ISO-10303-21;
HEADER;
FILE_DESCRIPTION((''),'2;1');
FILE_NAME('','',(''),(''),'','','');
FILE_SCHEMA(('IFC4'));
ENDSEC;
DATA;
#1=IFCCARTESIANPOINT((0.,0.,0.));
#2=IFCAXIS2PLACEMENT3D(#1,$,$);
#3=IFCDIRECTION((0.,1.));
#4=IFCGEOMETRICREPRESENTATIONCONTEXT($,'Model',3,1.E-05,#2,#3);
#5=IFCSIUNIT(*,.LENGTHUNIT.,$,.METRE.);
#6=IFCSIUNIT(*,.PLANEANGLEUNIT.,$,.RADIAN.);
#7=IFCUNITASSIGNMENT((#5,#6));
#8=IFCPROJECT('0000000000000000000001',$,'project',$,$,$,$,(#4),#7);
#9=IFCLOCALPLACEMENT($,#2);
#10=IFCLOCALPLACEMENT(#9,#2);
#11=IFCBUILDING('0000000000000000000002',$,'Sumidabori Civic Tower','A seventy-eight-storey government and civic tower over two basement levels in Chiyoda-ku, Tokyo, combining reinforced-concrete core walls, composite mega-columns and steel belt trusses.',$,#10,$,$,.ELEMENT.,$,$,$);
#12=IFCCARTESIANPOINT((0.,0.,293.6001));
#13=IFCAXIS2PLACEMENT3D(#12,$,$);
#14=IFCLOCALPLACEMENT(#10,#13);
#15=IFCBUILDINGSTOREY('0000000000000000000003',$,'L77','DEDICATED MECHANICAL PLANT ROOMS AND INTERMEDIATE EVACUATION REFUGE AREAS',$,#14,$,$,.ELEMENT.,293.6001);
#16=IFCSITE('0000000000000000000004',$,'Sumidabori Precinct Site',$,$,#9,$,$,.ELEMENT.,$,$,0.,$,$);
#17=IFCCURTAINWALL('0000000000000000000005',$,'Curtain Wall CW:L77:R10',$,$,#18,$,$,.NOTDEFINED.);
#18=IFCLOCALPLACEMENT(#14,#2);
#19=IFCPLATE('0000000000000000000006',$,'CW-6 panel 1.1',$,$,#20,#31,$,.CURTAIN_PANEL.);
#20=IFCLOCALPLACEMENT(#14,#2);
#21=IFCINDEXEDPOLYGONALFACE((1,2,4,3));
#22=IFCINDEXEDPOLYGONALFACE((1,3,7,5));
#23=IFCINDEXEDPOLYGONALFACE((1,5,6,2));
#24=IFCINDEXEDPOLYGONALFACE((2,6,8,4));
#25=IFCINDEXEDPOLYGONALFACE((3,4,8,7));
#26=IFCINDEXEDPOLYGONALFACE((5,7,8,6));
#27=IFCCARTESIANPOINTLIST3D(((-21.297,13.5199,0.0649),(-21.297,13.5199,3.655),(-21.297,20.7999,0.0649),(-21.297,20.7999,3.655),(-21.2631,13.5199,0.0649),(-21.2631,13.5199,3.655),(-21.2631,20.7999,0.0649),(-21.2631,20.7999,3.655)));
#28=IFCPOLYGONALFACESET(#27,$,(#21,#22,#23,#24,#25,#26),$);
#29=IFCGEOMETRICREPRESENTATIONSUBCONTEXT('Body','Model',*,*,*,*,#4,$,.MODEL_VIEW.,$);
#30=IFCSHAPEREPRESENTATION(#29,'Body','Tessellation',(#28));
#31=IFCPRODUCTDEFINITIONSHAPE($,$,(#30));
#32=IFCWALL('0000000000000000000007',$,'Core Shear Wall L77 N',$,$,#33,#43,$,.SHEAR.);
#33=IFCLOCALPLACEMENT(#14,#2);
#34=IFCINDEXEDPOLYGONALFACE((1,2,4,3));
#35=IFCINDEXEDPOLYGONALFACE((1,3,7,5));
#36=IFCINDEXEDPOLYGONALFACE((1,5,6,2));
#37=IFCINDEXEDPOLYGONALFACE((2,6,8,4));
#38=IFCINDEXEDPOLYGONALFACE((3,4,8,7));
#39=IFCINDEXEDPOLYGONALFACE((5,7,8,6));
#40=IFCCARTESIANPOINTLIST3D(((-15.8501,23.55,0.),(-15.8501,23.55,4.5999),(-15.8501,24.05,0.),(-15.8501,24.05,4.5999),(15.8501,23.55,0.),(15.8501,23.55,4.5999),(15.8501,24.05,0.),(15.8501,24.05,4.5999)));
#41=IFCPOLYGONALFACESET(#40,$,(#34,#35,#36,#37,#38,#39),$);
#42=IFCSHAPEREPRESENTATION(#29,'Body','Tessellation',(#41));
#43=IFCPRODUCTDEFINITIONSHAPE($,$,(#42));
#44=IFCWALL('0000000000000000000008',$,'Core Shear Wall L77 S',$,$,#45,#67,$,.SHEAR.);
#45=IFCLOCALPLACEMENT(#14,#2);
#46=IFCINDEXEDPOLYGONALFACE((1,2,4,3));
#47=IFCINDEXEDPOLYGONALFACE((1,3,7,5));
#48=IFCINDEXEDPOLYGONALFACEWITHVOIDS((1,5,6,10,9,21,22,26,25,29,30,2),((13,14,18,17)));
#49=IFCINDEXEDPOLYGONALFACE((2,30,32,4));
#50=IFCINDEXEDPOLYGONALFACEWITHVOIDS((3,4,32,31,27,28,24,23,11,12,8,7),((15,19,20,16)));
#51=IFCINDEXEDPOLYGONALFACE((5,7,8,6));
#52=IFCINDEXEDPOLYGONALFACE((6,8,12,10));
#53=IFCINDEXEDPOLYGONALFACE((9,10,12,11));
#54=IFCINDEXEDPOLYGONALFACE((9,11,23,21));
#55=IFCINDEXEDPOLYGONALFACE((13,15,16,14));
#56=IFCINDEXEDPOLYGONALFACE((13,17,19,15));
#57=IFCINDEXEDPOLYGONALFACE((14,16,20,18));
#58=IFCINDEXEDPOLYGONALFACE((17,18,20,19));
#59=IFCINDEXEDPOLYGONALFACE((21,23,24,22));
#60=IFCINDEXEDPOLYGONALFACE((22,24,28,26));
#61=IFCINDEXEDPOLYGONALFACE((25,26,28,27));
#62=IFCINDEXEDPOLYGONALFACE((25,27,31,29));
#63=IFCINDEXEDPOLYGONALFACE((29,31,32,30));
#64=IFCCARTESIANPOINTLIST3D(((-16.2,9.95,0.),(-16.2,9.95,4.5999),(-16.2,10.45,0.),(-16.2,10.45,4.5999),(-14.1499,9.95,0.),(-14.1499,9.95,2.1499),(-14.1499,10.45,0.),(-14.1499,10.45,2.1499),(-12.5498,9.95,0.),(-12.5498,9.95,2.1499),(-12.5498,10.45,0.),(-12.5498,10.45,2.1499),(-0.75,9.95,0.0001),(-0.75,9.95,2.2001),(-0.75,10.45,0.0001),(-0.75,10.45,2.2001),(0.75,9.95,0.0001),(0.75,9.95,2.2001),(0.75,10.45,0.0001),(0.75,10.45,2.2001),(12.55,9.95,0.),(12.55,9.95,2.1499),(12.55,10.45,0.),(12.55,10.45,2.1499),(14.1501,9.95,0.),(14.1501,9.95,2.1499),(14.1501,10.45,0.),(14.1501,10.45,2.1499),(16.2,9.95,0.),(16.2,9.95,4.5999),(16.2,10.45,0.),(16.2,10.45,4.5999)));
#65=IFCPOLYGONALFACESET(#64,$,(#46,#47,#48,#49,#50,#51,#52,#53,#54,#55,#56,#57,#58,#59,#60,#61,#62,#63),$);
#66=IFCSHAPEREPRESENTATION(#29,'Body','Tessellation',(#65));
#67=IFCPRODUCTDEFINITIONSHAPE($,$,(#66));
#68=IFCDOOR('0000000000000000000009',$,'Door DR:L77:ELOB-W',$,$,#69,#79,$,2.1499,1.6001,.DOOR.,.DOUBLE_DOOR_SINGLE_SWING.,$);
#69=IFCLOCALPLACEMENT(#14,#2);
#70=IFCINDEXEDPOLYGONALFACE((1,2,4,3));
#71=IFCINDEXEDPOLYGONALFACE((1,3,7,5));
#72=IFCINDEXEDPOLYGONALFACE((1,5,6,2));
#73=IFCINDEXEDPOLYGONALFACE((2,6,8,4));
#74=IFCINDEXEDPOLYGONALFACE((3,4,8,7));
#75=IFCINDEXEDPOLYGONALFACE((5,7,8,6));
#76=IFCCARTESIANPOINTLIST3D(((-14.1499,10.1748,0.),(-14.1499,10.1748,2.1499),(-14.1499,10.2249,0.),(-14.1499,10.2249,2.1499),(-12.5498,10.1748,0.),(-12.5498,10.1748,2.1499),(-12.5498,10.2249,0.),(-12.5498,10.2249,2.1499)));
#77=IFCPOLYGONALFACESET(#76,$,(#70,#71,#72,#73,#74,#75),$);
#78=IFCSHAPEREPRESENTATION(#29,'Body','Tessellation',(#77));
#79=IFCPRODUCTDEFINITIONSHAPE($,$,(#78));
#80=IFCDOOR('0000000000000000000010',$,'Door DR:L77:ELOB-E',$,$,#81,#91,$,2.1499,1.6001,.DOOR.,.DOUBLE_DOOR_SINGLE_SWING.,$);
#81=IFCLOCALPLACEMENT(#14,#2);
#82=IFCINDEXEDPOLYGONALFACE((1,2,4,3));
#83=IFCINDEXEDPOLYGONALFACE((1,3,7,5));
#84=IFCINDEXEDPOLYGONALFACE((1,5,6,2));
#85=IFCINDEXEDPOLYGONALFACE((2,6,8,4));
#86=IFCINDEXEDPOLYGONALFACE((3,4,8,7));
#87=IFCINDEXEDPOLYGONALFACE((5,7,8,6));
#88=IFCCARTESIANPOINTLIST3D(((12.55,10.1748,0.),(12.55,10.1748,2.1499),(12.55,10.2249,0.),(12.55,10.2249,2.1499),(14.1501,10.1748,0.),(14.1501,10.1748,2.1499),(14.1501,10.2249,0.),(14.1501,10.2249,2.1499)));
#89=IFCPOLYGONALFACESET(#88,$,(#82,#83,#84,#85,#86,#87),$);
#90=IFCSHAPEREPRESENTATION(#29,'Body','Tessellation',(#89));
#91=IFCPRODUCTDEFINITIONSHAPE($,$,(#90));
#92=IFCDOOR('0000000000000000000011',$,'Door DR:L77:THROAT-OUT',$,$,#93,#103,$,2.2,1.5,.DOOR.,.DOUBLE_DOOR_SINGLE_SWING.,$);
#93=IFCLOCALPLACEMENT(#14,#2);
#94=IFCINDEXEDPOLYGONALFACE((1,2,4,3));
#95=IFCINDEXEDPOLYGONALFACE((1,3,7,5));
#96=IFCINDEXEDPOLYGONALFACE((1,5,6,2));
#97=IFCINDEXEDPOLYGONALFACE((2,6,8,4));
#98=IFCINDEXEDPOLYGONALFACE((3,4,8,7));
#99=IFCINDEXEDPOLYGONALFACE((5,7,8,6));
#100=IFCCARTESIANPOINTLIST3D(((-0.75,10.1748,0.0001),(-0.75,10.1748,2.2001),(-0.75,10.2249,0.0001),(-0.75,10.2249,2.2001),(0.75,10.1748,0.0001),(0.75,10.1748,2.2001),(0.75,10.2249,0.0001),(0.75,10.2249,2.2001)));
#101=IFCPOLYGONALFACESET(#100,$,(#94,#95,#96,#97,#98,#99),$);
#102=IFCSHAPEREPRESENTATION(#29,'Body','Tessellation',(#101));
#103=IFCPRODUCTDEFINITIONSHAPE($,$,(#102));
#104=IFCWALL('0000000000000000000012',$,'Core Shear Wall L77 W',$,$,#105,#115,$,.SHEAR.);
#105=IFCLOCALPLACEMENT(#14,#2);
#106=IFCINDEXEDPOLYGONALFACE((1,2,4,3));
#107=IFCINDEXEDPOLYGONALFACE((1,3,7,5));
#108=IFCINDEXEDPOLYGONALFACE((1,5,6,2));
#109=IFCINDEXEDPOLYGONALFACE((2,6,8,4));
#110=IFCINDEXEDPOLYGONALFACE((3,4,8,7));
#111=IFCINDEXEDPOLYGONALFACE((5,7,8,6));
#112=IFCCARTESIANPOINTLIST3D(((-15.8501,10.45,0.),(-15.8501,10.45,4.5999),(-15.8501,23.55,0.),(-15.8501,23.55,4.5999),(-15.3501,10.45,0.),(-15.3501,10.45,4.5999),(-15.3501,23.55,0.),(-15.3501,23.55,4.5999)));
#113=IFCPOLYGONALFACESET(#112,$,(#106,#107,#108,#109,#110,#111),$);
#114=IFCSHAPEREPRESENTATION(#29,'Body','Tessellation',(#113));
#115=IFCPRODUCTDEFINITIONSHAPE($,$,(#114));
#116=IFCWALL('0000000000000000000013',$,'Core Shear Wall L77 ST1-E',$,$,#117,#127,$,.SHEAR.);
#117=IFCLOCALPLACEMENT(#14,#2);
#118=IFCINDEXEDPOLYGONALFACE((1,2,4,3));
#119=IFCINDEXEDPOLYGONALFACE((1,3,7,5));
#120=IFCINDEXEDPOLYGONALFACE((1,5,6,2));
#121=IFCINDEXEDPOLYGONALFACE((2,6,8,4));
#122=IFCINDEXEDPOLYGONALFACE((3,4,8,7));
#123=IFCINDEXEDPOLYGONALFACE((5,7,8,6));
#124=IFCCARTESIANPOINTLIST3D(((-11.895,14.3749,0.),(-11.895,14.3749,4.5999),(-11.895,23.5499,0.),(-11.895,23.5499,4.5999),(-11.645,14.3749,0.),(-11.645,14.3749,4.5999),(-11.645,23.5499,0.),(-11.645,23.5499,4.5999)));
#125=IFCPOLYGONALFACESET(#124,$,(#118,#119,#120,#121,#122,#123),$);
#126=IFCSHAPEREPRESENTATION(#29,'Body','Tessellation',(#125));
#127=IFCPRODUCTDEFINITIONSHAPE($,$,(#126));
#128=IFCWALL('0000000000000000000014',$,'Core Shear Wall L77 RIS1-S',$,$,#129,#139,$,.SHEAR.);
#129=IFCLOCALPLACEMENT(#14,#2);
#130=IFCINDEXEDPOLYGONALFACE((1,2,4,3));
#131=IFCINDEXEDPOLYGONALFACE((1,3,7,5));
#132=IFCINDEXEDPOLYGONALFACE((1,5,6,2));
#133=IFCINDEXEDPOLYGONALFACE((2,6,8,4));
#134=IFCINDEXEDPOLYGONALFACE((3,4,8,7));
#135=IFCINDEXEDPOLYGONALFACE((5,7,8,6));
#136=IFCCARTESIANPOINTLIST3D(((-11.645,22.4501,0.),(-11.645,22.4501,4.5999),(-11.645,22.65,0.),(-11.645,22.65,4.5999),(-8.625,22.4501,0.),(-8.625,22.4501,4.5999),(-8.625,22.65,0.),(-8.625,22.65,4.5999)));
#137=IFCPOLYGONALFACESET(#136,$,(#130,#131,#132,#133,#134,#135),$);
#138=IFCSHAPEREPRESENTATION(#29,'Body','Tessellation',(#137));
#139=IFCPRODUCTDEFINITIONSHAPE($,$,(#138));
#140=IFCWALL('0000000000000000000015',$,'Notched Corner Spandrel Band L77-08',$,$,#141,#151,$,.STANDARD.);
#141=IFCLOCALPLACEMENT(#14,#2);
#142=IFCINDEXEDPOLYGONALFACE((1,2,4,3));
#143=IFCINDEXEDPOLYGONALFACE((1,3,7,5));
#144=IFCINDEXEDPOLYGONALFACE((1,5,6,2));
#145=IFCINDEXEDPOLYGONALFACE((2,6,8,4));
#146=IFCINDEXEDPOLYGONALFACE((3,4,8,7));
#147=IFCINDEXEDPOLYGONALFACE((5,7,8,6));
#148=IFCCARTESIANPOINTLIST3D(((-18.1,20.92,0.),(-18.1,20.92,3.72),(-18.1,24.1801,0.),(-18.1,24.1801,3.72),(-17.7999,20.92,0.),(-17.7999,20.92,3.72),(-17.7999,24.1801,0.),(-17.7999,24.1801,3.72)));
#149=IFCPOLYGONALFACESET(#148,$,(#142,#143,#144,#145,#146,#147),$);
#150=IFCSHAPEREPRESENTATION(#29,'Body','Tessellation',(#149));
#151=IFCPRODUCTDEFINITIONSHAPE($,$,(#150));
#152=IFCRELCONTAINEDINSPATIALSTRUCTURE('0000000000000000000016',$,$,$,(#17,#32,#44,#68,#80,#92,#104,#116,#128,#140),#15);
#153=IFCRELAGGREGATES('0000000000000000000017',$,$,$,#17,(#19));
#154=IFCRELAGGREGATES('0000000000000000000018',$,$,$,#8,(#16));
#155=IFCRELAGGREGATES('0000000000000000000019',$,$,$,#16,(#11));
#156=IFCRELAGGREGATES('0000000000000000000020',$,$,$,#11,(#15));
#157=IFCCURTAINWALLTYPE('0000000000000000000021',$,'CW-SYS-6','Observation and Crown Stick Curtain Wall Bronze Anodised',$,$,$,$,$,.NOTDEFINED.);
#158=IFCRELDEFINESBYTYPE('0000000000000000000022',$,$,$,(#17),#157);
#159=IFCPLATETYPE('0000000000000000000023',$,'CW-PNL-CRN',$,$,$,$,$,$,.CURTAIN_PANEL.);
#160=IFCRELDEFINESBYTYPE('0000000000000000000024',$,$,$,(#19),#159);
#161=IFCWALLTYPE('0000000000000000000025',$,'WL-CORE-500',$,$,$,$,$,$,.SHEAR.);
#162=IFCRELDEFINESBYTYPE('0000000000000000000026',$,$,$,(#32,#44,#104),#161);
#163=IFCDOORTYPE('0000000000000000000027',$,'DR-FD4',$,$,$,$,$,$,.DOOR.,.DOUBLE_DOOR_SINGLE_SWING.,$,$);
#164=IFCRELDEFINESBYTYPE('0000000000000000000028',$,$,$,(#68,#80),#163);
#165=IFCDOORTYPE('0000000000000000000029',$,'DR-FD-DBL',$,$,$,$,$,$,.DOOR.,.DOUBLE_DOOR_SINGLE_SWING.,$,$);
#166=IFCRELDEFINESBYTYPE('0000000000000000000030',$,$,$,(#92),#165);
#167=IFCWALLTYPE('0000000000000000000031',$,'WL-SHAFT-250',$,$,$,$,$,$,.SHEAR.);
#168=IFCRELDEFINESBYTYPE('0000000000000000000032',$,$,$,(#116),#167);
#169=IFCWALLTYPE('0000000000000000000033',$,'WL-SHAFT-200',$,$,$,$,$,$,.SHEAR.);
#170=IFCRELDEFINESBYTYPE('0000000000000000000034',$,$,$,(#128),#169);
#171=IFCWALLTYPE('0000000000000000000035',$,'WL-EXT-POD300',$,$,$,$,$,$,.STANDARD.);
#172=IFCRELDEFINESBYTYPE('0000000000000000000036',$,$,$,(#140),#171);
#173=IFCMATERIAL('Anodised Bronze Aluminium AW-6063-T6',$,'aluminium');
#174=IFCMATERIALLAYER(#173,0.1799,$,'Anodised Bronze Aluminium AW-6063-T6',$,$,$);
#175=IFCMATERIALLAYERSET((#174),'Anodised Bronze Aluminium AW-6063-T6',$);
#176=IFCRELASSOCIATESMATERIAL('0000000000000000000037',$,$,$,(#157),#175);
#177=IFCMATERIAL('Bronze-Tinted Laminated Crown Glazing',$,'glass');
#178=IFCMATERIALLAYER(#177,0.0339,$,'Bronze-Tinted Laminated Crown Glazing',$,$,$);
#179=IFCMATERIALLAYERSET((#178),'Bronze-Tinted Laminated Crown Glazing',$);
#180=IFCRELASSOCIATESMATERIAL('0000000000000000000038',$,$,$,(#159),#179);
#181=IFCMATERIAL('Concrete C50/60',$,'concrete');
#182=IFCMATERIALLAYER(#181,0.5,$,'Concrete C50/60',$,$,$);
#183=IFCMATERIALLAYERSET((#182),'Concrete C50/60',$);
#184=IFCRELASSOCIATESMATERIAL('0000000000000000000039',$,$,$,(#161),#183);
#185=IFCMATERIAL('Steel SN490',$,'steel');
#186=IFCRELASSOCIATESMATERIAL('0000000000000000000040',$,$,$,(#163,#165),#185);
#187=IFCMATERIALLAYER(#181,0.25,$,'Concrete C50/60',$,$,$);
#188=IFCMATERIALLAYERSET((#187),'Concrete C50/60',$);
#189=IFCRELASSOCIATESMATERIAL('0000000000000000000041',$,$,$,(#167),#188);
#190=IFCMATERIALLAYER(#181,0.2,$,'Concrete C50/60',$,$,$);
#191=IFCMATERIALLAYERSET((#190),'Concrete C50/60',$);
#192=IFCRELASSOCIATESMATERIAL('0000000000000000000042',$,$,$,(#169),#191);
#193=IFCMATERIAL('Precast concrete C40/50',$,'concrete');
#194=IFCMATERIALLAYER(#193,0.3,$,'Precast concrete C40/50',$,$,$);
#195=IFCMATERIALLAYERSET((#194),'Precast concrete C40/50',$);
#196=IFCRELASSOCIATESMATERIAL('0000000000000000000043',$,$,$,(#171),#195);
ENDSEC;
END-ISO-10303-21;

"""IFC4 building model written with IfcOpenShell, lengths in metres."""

from ifc_helpers import new_model, si_unit, direction, frame, frame_2d, origin, origin_2d, place, context, subcontext, project, spatial, rectangle, extrude, source, transform, mapped, material, layer, layer_set, type_object, element, fill, aggregate, save


model = new_model("IFC4")

# Units and contexts
model_context = context("Model", 3, precision=1e-05, world=origin(), true_north=direction((0.0, 1.0)))
body_context = subcontext(model_context, "Body", "Model", "MODEL_VIEW")
ifc_project = project(units=[si_unit("LENGTHUNIT", "METRE"), si_unit("PLANEANGLEUNIT", "RADIAN")], contexts=[model_context])

# Site, building, storey
site_placement = place(None, origin())
site = spatial("IfcSite", under=ifc_project, at=site_placement, Name="Sumidabori Precinct Site", CompositionType="ELEMENT", RefElevation=0.0)
building_placement = place(site_placement, origin())
building = spatial("IfcBuilding", under=site, at=building_placement, Name="Sumidabori Civic Tower", Description="A seventy-eight-storey government and civic tower over two basement levels in Chiyoda-ku, Tokyo, combining reinforced-concrete core walls, composite mega-columns and steel belt trusses.", CompositionType="ELEMENT")
storey_placement = place(building_placement, frame((0.0, 0.0, 293.6001)))
storey = spatial("IfcBuildingStorey", under=building, at=storey_placement, Name="L77", Description="DEDICATED MECHANICAL PLANT ROOMS AND INTERMEDIATE EVACUATION REFUGE AREAS", CompositionType="ELEMENT", Elevation=293.6001)

# Shared definitions
ifc_material_1 = material(Name="Concrete C50/60", Category="concrete")

# Shared definitions
ifc_material_2 = material(Name="Steel SN490", Category="steel")

# Curtain wall
ifc_material_3 = material(Name="Anodised Bronze Aluminium AW-6063-T6", Category="aluminium")
ifc_layer_1 = layer(ifc_material_3, 0.1799, Name="Anodised Bronze Aluminium AW-6063-T6")
ifc_layer_set_1 = layer_set([ifc_layer_1], Name="Anodised Bronze Aluminium AW-6063-T6")
curtain_wall_type = type_object("IfcCurtainWallType", Name="CW-SYS-6", Description="Observation and Crown Stick Curtain Wall Bronze Anodised", PredefinedType="NOTDEFINED", material=ifc_layer_set_1)
curtain_wall_1_placement = place(storey_placement, origin())
curtain_wall_1 = element("IfcCurtainWall", 1, at=curtain_wall_1_placement, inside=storey, type_object=curtain_wall_type, Name="Curtain Wall CW:L77:R10", PredefinedType="NOTDEFINED")

# Plate
ifc_material_4 = material(Name="Bronze-Tinted Laminated Crown Glazing", Category="glass")
ifc_layer_2 = layer(ifc_material_4, 0.0339, Name="Bronze-Tinted Laminated Crown Glazing")
ifc_layer_set_2 = layer_set([ifc_layer_2], Name="Bronze-Tinted Laminated Crown Glazing")
plate_type = type_object("IfcPlateType", Name="CW-PNL-CRN", PredefinedType="CURTAIN_PANEL", material=ifc_layer_set_2)
shared_shape_1 = source(origin(), body_context, "Body", "SweptSolid", [
    extrude(rectangle(XDim=7.28, YDim=0.0339, at=origin_2d()), origin(), (0.0, 0.0, 1.0), 3.5901),
])
plate_1_placement = place(storey_placement, frame((-21.28, 17.1599, 0.0649), z_axis=(0.0, 0.0, 1.0), x_axis=(0.0, -1.0, 0.0)))
plate_1 = element("IfcPlate", 2, at=plate_1_placement, type_object=plate_type, Name="CW-6 panel 1.1", PredefinedType="CURTAIN_PANEL", context=body_context, shape_type="MappedRepresentation", body=[
    mapped(shared_shape_1, transform((0.0, 0.0, 0.0), x_axis=(1.0, 0.0, 0.0), y_axis=(0.0, 1.0, 0.0), z_axis=(0.0, 0.0, 1.0), scale=1.0)),
])
aggregate(curtain_wall_1, [plate_1])

# Wall
ifc_layer_3 = layer(ifc_material_1, 0.5, Name="Concrete C50/60")
ifc_layer_set_3 = layer_set([ifc_layer_3], Name="Concrete C50/60")
wall_type_1 = type_object("IfcWallType", Name="WL-CORE-500", PredefinedType="SHEAR", material=ifc_layer_set_3)
shared_shape_2 = source(origin(), body_context, "Body", "SweptSolid", [
    extrude(rectangle(XDim=31.7002, YDim=0.5, at=frame_2d((15.8501, 0.0))), origin(), (0.0, 0.0, 1.0), 4.5999),
])
wall_1_placement = place(storey_placement, frame((-15.8501, 23.8, 0.0), z_axis=(0.0, 0.0, 1.0), x_axis=(1.0, 0.0, 0.0)))
element("IfcWall", 3, at=wall_1_placement, inside=storey, type_object=wall_type_1, Name="Core Shear Wall L77 N", PredefinedType="SHEAR", context=body_context, shape_type="MappedRepresentation", body=[
    mapped(shared_shape_2, transform((0.0, 0.0, 0.0), x_axis=(1.0, 0.0, 0.0), y_axis=(0.0, 1.0, 0.0), z_axis=(0.0, 0.0, 1.0), scale=1.0)),
])

# Wall, openings, doors
shared_shape_3 = source(origin(), body_context, "Body", "SweptSolid", [
    extrude(rectangle(XDim=32.3999, YDim=0.5, at=frame_2d((16.2, 0.0))), origin(), (0.0, 0.0, 1.0), 4.5999),
])
wall_2_placement = place(storey_placement, frame((-16.2, 10.2, 0.0), z_axis=(0.0, 0.0, 1.0), x_axis=(1.0, 0.0, 0.0)))
wall_2 = element("IfcWall", 4, at=wall_2_placement, inside=storey, type_object=wall_type_1, Name="Core Shear Wall L77 S", PredefinedType="SHEAR", context=body_context, shape_type="MappedRepresentation", body=[
    mapped(shared_shape_3, transform((0.0, 0.0, 0.0), x_axis=(1.0, 0.0, 0.0), y_axis=(0.0, 1.0, 0.0), z_axis=(0.0, 0.0, 1.0), scale=1.0)),
])
opening_1_placement = place(wall_2_placement, frame((2.05, 0.0, 0.0)))
opening_1 = element("IfcOpeningElement", 5, at=opening_1_placement, cuts=wall_2, PredefinedType="OPENING", context=body_context, shape_type="SweptSolid", body=[
    extrude(rectangle(XDim=1.6001, YDim=2.1499, at=frame_2d((0.8, 1.075))), frame((0.0, 0.262, 0.0), z_axis=(0.0, -1.0, 0.0), x_axis=(1.0, 0.0, 0.0)), (0.0, 0.0, 1.0), 0.5239),
])
opening_2_placement = place(wall_2_placement, frame((28.75, 0.0, 0.0)))
opening_2 = element("IfcOpeningElement", 6, at=opening_2_placement, cuts=wall_2, PredefinedType="OPENING", context=body_context, shape_type="SweptSolid", body=[
    extrude(rectangle(XDim=1.6001, YDim=2.1499, at=frame_2d((0.8, 1.075))), frame((0.0, 0.262, 0.0), z_axis=(0.0, -1.0, 0.0), x_axis=(1.0, 0.0, 0.0)), (0.0, 0.0, 1.0), 0.5239),
])
opening_3_placement = place(wall_2_placement, frame((15.45, 0.0, 0.0)))
opening_3 = element("IfcOpeningElement", 7, at=opening_3_placement, cuts=wall_2, PredefinedType="OPENING", context=body_context, shape_type="SweptSolid", body=[
    extrude(rectangle(XDim=1.5, YDim=2.2, at=frame_2d((0.75, 1.1001))), frame((0.0, 0.262, 0.0), z_axis=(0.0, -1.0, 0.0), x_axis=(1.0, 0.0, 0.0)), (0.0, 0.0, 1.0), 0.5239),
])
door_type_1 = type_object("IfcDoorType", Name="DR-FD4", OperationType="DOUBLE_DOOR_SINGLE_SWING", PredefinedType="DOOR", material=ifc_material_2)
shared_shape_4 = source(origin(), body_context, "Body", "SweptSolid", [
    extrude(rectangle(XDim=1.6001, YDim=2.1499, at=frame_2d((0.8, 1.075))), frame((0.0, 0.0249, 0.0), z_axis=(0.0, -1.0, 0.0), x_axis=(1.0, 0.0, 0.0)), (0.0, 0.0, 1.0), 0.05),
])
door_1_placement = place(opening_1_placement, origin())
door_1 = element("IfcDoor", 8, at=door_1_placement, inside=storey, type_object=door_type_1, Name="Door DR:L77:ELOB-W", OperationType="DOUBLE_DOOR_SINGLE_SWING", OverallHeight=2.1499, OverallWidth=1.6001, PredefinedType="DOOR", context=body_context, shape_type="MappedRepresentation", body=[
    mapped(shared_shape_4, transform((0.0, 0.0, 0.0), x_axis=(1.0, 0.0, 0.0), y_axis=(0.0, 1.0, 0.0), z_axis=(0.0, 0.0, 1.0), scale=1.0)),
])
fill(opening_1, door_1)
door_2_placement = place(opening_2_placement, origin())
door_2 = element("IfcDoor", 9, at=door_2_placement, inside=storey, type_object=door_type_1, Name="Door DR:L77:ELOB-E", OperationType="DOUBLE_DOOR_SINGLE_SWING", OverallHeight=2.1499, OverallWidth=1.6001, PredefinedType="DOOR", context=body_context, shape_type="MappedRepresentation", body=[
    mapped(shared_shape_4, transform((0.0, 0.0, 0.0), x_axis=(1.0, 0.0, 0.0), y_axis=(0.0, 1.0, 0.0), z_axis=(0.0, 0.0, 1.0), scale=1.0)),
])
fill(opening_2, door_2)
door_type_2 = type_object("IfcDoorType", Name="DR-FD-DBL", OperationType="DOUBLE_DOOR_SINGLE_SWING", PredefinedType="DOOR", material=ifc_material_2)
shared_shape_5 = source(origin(), body_context, "Body", "SweptSolid", [
    extrude(rectangle(XDim=1.5, YDim=2.2, at=frame_2d((0.75, 1.1001))), frame((0.0, 0.0249, 0.0), z_axis=(0.0, -1.0, 0.0), x_axis=(1.0, 0.0, 0.0)), (0.0, 0.0, 1.0), 0.05),
])
door_3_placement = place(opening_3_placement, origin())
door_3 = element("IfcDoor", 10, at=door_3_placement, inside=storey, type_object=door_type_2, Name="Door DR:L77:THROAT-OUT", OperationType="DOUBLE_DOOR_SINGLE_SWING", OverallHeight=2.2, OverallWidth=1.5, PredefinedType="DOOR", context=body_context, shape_type="MappedRepresentation", body=[
    mapped(shared_shape_5, transform((0.0, 0.0, 0.0), x_axis=(1.0, 0.0, 0.0), y_axis=(0.0, 1.0, 0.0), z_axis=(0.0, 0.0, 1.0), scale=1.0)),
])
fill(opening_3, door_3)

# Wall
shared_shape_6 = source(origin(), body_context, "Body", "SweptSolid", [
    extrude(rectangle(XDim=13.1001, YDim=0.5, at=frame_2d((6.55, 0.0))), origin(), (0.0, 0.0, 1.0), 4.5999),
])
wall_3_placement = place(storey_placement, frame((-15.6001, 10.45, 0.0), z_axis=(0.0, 0.0, 1.0), x_axis=(0.0, 1.0, 0.0)))
element("IfcWall", 11, at=wall_3_placement, inside=storey, type_object=wall_type_1, Name="Core Shear Wall L77 W", PredefinedType="SHEAR", context=body_context, shape_type="MappedRepresentation", body=[
    mapped(shared_shape_6, transform((0.0, 0.0, 0.0), x_axis=(1.0, 0.0, 0.0), y_axis=(0.0, 1.0, 0.0), z_axis=(0.0, 0.0, 1.0), scale=1.0)),
])

# Shared definitions
ifc_layer_4 = layer(ifc_material_1, 0.25, Name="Concrete C50/60")
ifc_layer_set_4 = layer_set([ifc_layer_4], Name="Concrete C50/60")
wall_type_2 = type_object("IfcWallType", Name="WL-SHAFT-250", PredefinedType="SHEAR", material=ifc_layer_set_4)

# Walls
shared_shape_7 = source(origin(), body_context, "Body", "SweptSolid", [
    extrude(rectangle(XDim=9.175, YDim=0.25, at=frame_2d((4.5874, 0.0))), origin(), (0.0, 0.0, 1.0), 4.5999),
])
wall_4_placement = place(storey_placement, frame((-11.77, 14.375, 0.0), z_axis=(0.0, 0.0, 1.0), x_axis=(0.0, 1.0, 0.0)))
element("IfcWall", 12, at=wall_4_placement, inside=storey, type_object=wall_type_2, Name="Core Shear Wall L77 ST1-E", PredefinedType="SHEAR", context=body_context, shape_type="MappedRepresentation", body=[
    mapped(shared_shape_7, transform((0.0, 0.0, 0.0), x_axis=(1.0, 0.0, 0.0), y_axis=(0.0, 1.0, 0.0), z_axis=(0.0, 0.0, 1.0), scale=1.0)),
])
ifc_layer_5 = layer(ifc_material_1, 0.2, Name="Concrete C50/60")
ifc_layer_set_5 = layer_set([ifc_layer_5], Name="Concrete C50/60")
wall_type_3 = type_object("IfcWallType", Name="WL-SHAFT-200", PredefinedType="SHEAR", material=ifc_layer_set_5)
shared_shape_8 = source(origin(), body_context, "Body", "SweptSolid", [
    extrude(rectangle(XDim=3.02, YDim=0.2, at=frame_2d((1.51, 0.0))), origin(), (0.0, 0.0, 1.0), 4.5999),
])
wall_5_placement = place(storey_placement, frame((-11.645, 22.55, 0.0), z_axis=(0.0, 0.0, 1.0), x_axis=(1.0, 0.0, 0.0)))
element("IfcWall", 13, at=wall_5_placement, inside=storey, type_object=wall_type_3, Name="Core Shear Wall L77 RIS1-S", PredefinedType="SHEAR", context=body_context, shape_type="MappedRepresentation", body=[
    mapped(shared_shape_8, transform((0.0, 0.0, 0.0), x_axis=(1.0, 0.0, 0.0), y_axis=(0.0, 1.0, 0.0), z_axis=(0.0, 0.0, 1.0), scale=1.0)),
])
ifc_material_5 = material(Name="Precast concrete C40/50", Category="concrete")
ifc_layer_6 = layer(ifc_material_5, 0.3, Name="Precast concrete C40/50")
ifc_layer_set_6 = layer_set([ifc_layer_6], Name="Precast concrete C40/50")
wall_type_4 = type_object("IfcWallType", Name="WL-EXT-POD300", PredefinedType="STANDARD", material=ifc_layer_set_6)
shared_shape_9 = source(origin(), body_context, "Body", "SweptSolid", [
    extrude(rectangle(XDim=3.26, YDim=0.3, at=frame_2d((1.6299, 0.0))), origin(), (0.0, 0.0, 1.0), 3.72),
])
wall_6_placement = place(storey_placement, frame((-17.95, 24.1799, 0.0), z_axis=(0.0, 0.0, 1.0), x_axis=(0.0, -1.0, 0.0)))
element("IfcWall", 14, at=wall_6_placement, inside=storey, type_object=wall_type_4, Name="Notched Corner Spandrel Band L77-08", PredefinedType="STANDARD", context=body_context, shape_type="MappedRepresentation", body=[
    mapped(shared_shape_9, transform((0.0, 0.0, 0.0), x_axis=(1.0, 0.0, 0.0), y_axis=(0.0, 1.0, 0.0), z_axis=(0.0, 0.0, 1.0), scale=1.0)),
])

save(model, "model.ifc")
